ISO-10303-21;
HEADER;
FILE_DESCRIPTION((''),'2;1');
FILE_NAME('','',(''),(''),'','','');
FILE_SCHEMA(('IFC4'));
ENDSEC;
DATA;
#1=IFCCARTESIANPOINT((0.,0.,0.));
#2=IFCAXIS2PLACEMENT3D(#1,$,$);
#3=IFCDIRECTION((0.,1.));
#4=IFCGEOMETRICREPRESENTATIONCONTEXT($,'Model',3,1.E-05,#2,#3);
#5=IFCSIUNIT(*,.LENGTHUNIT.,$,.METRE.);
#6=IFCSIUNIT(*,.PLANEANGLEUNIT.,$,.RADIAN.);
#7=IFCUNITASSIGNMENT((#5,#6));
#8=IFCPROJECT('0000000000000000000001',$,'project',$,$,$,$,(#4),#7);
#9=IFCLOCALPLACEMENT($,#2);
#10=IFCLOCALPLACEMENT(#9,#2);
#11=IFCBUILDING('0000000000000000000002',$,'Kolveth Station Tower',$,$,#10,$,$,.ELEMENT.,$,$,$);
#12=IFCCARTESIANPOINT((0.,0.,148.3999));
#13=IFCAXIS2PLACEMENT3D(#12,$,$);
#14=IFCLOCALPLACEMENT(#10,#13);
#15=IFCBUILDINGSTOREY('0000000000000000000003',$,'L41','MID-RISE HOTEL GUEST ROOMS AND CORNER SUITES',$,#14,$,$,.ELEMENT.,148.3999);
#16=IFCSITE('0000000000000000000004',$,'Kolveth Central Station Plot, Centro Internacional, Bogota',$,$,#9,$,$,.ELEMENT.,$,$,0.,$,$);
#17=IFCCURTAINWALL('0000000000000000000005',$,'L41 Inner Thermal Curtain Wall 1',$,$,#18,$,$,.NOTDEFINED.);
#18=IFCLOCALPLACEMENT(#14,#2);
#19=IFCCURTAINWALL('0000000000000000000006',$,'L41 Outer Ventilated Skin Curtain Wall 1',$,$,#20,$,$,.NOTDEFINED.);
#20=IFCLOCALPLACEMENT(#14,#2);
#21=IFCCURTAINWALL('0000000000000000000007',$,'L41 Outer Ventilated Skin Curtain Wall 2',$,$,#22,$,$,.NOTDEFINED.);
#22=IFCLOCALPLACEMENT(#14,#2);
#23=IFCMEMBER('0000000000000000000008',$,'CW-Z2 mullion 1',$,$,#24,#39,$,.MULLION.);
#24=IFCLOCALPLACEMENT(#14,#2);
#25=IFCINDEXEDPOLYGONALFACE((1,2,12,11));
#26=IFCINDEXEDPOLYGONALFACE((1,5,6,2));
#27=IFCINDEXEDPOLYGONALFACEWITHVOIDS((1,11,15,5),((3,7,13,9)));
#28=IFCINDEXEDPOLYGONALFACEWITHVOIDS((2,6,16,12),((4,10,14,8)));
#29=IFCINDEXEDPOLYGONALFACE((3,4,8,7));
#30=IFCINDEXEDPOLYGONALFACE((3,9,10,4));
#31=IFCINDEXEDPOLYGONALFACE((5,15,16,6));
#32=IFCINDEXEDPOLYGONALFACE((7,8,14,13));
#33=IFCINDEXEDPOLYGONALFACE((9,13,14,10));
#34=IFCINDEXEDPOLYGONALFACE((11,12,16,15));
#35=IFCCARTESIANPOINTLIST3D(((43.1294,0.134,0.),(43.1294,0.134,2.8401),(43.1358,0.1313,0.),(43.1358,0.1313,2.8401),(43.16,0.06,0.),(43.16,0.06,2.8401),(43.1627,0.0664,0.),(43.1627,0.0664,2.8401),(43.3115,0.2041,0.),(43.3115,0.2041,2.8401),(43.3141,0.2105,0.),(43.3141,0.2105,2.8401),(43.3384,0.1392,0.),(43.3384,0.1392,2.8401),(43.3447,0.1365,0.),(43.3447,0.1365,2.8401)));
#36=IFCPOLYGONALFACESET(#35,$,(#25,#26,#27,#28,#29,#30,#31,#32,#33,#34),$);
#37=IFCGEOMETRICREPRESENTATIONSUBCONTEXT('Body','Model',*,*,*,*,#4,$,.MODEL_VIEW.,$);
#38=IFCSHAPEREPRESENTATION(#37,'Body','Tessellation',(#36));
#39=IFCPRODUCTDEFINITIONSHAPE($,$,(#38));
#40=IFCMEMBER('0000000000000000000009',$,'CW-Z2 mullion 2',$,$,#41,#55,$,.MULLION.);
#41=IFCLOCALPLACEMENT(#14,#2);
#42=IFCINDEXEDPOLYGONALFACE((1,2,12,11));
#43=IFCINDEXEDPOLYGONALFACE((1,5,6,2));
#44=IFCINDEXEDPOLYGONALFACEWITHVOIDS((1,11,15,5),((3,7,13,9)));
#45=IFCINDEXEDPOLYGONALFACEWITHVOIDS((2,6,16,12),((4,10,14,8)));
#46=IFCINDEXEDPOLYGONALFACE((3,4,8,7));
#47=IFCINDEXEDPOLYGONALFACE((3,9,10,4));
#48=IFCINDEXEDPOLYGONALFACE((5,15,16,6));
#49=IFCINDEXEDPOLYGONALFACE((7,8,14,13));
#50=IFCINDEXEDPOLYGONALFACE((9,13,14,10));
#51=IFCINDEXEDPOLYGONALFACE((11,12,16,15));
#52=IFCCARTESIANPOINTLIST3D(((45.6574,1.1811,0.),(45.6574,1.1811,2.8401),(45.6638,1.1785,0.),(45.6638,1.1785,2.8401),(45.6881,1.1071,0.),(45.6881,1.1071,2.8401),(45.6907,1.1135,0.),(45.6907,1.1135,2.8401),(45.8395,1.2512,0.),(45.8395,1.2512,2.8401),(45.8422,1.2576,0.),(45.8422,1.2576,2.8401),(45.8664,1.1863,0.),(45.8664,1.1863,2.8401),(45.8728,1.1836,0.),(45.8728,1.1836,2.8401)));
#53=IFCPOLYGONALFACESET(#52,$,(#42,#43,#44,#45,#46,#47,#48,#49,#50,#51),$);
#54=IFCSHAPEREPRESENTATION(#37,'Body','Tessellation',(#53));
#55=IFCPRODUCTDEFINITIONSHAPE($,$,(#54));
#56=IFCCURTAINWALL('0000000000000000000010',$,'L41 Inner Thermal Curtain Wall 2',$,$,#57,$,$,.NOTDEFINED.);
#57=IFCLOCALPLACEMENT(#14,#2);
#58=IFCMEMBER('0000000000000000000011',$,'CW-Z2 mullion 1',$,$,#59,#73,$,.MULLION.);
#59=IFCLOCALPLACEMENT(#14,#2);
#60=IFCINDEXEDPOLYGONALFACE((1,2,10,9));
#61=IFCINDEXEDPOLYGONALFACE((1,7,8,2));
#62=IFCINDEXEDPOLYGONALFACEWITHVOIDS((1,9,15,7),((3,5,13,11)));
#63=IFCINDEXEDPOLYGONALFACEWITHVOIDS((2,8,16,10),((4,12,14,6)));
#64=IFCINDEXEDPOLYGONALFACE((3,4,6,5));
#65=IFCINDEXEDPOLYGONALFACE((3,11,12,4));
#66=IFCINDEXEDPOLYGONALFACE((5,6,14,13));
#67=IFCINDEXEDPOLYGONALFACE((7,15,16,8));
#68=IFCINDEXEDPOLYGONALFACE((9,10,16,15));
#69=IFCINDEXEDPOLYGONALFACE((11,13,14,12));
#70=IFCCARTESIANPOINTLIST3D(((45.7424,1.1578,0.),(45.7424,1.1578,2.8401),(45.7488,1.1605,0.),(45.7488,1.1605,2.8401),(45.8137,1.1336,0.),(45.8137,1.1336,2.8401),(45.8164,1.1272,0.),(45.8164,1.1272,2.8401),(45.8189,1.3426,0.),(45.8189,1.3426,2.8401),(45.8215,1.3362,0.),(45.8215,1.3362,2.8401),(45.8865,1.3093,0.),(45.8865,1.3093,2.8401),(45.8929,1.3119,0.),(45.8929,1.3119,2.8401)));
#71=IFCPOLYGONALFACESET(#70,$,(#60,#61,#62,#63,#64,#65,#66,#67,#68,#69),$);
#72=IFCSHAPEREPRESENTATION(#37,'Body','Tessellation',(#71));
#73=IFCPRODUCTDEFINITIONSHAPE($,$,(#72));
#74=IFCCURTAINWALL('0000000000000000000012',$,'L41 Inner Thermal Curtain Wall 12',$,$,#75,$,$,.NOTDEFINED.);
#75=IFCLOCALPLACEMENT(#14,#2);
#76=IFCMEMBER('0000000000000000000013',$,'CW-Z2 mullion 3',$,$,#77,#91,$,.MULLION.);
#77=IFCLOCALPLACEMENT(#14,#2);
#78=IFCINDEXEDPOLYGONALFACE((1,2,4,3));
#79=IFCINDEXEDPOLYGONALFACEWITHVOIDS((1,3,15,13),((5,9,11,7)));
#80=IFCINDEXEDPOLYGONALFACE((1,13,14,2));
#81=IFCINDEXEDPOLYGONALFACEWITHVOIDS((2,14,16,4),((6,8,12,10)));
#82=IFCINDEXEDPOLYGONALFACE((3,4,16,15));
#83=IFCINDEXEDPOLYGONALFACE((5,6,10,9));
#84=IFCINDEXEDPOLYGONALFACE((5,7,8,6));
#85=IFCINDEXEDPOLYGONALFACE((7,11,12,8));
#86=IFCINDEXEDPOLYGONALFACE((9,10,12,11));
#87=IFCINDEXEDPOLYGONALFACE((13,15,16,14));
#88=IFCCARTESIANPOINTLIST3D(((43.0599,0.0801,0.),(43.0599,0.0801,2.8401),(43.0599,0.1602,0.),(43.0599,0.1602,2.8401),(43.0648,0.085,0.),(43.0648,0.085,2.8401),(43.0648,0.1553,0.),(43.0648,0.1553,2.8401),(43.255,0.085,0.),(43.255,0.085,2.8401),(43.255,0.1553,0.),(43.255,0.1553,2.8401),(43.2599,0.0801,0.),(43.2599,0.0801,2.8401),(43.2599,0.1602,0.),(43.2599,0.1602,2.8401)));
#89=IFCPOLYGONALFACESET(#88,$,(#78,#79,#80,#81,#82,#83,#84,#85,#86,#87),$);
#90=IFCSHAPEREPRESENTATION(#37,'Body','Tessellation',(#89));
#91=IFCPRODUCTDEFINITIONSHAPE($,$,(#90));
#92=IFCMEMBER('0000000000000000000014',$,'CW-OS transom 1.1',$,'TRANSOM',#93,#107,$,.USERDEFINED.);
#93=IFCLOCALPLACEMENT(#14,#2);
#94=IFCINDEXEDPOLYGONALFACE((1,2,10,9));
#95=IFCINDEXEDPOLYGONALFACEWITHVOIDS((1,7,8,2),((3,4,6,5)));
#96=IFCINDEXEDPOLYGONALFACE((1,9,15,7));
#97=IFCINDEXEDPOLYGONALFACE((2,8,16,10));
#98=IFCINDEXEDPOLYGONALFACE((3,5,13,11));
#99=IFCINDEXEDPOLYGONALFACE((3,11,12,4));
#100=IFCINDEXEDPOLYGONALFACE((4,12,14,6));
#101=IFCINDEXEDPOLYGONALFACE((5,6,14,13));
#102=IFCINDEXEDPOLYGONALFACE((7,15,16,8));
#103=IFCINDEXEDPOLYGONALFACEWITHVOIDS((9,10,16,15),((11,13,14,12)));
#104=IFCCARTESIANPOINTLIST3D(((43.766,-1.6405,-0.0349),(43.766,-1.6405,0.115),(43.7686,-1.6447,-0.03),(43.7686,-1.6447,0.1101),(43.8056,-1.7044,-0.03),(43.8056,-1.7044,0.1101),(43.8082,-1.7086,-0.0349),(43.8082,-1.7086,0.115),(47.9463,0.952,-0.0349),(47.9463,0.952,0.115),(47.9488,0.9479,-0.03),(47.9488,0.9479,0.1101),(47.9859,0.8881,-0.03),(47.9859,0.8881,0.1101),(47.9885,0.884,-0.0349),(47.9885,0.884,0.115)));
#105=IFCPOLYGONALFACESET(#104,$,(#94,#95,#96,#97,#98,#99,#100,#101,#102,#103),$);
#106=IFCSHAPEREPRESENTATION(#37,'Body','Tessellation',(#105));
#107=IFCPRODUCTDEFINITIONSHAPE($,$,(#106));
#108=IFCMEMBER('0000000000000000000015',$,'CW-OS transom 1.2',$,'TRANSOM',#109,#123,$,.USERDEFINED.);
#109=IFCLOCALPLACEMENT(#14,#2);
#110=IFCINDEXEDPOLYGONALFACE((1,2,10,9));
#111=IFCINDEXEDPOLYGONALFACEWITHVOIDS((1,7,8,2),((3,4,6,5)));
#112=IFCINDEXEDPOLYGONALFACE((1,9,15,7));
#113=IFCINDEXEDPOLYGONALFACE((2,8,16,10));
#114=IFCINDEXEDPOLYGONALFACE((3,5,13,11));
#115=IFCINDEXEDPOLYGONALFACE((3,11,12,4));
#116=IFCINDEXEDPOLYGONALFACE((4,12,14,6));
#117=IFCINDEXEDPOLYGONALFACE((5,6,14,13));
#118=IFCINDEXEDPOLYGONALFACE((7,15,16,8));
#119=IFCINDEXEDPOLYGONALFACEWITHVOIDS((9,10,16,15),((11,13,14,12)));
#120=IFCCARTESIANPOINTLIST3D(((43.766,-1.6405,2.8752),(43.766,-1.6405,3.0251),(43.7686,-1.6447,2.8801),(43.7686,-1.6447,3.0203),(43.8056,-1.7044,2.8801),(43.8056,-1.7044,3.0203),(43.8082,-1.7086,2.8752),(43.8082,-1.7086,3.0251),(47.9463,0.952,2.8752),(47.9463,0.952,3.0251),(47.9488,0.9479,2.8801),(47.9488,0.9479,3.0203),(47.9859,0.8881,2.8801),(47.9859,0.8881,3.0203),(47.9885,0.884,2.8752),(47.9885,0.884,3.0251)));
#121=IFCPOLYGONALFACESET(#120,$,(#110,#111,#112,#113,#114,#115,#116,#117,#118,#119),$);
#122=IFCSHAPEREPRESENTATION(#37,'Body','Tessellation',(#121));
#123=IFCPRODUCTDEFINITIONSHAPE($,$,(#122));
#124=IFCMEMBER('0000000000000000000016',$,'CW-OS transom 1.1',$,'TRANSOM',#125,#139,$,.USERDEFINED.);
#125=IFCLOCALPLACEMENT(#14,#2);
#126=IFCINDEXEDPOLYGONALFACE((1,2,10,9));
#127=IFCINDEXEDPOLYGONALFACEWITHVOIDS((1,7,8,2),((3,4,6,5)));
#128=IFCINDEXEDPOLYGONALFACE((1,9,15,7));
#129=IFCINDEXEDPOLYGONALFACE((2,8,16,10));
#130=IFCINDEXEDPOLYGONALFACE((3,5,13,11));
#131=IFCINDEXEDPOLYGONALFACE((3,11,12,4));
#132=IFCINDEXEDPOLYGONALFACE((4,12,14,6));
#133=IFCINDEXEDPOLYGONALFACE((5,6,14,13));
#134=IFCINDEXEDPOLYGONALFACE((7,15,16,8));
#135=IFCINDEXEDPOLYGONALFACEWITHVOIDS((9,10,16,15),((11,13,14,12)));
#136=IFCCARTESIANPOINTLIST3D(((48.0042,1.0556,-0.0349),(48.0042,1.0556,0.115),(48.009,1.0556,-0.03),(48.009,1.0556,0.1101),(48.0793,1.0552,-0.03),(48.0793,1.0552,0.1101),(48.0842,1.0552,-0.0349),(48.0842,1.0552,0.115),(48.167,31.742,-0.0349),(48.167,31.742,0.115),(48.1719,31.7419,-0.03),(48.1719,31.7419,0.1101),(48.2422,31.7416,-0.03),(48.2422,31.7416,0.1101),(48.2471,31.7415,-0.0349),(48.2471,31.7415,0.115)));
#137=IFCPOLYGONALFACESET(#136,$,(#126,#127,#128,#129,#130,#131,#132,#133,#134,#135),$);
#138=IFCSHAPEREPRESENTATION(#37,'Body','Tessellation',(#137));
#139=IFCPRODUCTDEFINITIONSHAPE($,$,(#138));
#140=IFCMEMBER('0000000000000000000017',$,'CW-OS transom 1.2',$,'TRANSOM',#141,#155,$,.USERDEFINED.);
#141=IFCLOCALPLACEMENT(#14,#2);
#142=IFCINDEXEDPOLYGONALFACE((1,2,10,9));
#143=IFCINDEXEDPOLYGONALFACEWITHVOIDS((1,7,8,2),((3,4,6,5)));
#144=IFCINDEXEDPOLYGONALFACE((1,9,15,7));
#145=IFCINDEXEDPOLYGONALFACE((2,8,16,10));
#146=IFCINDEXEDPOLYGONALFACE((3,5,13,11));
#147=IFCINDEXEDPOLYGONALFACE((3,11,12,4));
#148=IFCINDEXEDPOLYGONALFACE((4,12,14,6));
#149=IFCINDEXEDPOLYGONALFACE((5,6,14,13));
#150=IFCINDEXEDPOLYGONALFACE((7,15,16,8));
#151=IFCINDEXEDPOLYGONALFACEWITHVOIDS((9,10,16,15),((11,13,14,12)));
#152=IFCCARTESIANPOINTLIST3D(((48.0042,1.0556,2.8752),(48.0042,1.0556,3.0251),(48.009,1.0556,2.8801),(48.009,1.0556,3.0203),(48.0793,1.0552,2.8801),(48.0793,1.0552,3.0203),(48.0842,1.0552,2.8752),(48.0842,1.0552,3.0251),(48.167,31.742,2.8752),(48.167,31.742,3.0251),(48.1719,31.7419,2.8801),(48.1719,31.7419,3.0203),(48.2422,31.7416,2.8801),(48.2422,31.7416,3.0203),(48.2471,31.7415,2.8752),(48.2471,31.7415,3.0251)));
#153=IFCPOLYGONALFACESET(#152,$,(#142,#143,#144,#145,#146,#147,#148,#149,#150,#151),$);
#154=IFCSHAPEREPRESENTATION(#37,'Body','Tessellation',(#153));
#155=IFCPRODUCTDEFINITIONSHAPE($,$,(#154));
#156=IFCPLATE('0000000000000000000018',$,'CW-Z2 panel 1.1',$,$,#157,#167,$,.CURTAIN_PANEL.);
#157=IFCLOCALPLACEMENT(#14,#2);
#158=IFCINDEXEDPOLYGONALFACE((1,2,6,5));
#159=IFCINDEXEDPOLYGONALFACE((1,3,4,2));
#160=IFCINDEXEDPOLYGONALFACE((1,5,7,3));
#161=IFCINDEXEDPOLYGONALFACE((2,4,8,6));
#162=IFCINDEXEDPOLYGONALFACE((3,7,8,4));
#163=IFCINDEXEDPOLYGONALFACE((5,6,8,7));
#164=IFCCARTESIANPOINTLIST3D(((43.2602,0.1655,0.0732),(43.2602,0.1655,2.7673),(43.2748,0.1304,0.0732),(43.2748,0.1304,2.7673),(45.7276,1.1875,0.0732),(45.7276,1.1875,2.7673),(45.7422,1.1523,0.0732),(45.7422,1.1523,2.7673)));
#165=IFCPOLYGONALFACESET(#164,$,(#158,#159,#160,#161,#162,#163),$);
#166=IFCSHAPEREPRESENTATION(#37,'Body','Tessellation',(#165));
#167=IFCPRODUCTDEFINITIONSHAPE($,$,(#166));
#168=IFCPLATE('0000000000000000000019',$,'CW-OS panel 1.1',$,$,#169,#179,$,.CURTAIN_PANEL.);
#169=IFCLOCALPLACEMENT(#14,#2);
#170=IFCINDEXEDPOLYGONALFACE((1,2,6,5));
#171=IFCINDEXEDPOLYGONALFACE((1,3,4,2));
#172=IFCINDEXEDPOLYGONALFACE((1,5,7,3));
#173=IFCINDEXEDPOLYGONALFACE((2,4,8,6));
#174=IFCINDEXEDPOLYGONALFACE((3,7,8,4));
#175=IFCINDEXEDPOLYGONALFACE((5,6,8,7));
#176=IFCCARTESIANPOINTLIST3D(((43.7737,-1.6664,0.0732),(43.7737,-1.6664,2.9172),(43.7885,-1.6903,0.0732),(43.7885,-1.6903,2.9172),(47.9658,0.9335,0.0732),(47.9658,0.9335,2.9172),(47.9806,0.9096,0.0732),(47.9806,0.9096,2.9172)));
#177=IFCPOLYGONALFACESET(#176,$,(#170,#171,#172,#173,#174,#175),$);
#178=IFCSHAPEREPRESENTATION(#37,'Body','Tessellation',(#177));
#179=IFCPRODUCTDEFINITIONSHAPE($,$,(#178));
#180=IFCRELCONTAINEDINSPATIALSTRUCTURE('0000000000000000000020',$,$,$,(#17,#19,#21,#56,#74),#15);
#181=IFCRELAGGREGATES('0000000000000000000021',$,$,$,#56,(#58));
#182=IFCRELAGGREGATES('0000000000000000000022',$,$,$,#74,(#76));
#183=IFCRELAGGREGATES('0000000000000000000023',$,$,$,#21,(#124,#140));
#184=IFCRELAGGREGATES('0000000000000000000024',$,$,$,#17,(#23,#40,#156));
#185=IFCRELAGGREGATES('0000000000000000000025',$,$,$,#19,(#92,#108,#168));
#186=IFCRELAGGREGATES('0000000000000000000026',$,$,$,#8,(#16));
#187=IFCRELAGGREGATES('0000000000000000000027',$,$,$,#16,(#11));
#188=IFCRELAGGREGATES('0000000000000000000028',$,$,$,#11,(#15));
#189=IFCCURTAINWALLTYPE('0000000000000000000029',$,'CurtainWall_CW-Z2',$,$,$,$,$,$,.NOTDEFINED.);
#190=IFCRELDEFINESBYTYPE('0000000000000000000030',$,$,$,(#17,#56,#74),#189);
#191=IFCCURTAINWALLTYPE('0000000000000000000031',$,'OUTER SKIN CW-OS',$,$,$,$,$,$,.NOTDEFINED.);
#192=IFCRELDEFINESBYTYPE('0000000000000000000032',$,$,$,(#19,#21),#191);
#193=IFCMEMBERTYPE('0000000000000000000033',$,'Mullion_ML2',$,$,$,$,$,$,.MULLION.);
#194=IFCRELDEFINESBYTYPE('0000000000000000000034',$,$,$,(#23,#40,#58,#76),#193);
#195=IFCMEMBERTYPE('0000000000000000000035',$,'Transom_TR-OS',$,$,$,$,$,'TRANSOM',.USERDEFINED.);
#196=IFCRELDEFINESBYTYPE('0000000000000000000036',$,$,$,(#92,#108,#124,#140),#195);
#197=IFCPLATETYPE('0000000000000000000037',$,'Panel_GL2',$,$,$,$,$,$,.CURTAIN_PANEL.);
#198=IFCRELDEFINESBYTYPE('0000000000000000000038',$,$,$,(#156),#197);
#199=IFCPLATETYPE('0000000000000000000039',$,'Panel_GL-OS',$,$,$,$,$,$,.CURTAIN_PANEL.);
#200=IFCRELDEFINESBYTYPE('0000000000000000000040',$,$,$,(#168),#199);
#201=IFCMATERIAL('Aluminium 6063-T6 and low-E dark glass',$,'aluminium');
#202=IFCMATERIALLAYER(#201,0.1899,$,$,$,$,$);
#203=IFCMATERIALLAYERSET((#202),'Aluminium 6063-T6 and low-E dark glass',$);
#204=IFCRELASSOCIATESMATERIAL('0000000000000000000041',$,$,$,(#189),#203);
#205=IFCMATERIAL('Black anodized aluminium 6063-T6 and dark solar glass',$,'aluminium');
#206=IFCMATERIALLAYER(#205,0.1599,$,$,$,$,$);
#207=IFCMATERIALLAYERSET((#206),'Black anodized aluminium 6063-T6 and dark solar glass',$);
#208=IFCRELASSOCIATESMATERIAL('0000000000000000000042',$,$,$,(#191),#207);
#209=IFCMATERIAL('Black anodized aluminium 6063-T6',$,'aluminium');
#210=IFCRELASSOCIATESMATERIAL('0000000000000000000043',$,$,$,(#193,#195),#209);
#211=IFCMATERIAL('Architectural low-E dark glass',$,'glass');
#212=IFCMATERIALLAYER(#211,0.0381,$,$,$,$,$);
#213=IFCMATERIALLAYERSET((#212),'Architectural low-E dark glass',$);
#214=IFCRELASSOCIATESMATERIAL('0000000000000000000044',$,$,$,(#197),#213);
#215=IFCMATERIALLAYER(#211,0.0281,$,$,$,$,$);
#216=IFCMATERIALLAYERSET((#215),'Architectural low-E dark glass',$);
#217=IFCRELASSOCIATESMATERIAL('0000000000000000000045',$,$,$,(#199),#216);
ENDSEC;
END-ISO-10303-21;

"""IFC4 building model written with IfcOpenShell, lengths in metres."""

from ifc_helpers import new_model, si_unit, direction, frame, origin, origin_2d, place, context, subcontext, project, spatial, rectangle, hollow_rectangle, extrude, source, transform, mapped, material, layer, layer_set, material_profile, profile_set, type_object, element, aggregate, save


model = new_model("IFC4")

# Units and contexts
model_context = context("Model", 3, precision=1e-05, world=origin(), true_north=direction((0.0, 1.0)))
body_context = subcontext(model_context, "Body", "Model", "MODEL_VIEW")
ifc_project = project(units=[si_unit("LENGTHUNIT", "METRE"), si_unit("PLANEANGLEUNIT", "RADIAN")], contexts=[model_context])

# Site, building, storey
site_placement = place(None, origin())
site = spatial("IfcSite", under=ifc_project, at=site_placement, Name="Kolveth Central Station Plot, Centro Internacional, Bogota", CompositionType="ELEMENT", RefElevation=0.0)
building_placement = place(site_placement, origin())
building = spatial("IfcBuilding", under=site, at=building_placement, Name="Kolveth Station Tower", CompositionType="ELEMENT")
storey_placement = place(building_placement, frame((0.0, 0.0, 148.3999)))
storey = spatial("IfcBuildingStorey", under=building, at=storey_placement, Name="L41", Description="MID-RISE HOTEL GUEST ROOMS AND CORNER SUITES", CompositionType="ELEMENT", Elevation=148.3999)

# Curtain walls
ifc_material_1 = material(Name="Aluminium 6063-T6 and low-E dark glass", Category="aluminium")
ifc_layer_1 = layer(ifc_material_1, 0.1899)
ifc_layer_set_1 = layer_set([ifc_layer_1], Name="Aluminium 6063-T6 and low-E dark glass")
curtain_wall_type_1 = type_object("IfcCurtainWallType", Name="CurtainWall_CW-Z2", PredefinedType="NOTDEFINED", material=ifc_layer_set_1)
curtain_wall_1_placement = place(storey_placement, origin())
curtain_wall_1 = element("IfcCurtainWall", 1, at=curtain_wall_1_placement, inside=storey, type_object=curtain_wall_type_1, Name="L41 Inner Thermal Curtain Wall 1", PredefinedType="NOTDEFINED")
ifc_material_2 = material(Name="Black anodized aluminium 6063-T6", Category="aluminium")
ifc_material_3 = material(Name="Black anodized aluminium 6063-T6 and dark solar glass", Category="aluminium")
ifc_layer_2 = layer(ifc_material_3, 0.1599)
ifc_layer_set_2 = layer_set([ifc_layer_2], Name="Black anodized aluminium 6063-T6 and dark solar glass")
curtain_wall_type_2 = type_object("IfcCurtainWallType", Name="OUTER SKIN CW-OS", PredefinedType="NOTDEFINED", material=ifc_layer_set_2)
curtain_wall_2_placement = place(storey_placement, origin())
curtain_wall_2 = element("IfcCurtainWall", 2, at=curtain_wall_2_placement, inside=storey, type_object=curtain_wall_type_2, Name="L41 Outer Ventilated Skin Curtain Wall 1", PredefinedType="NOTDEFINED")

# Curtain wall
curtain_wall_3_placement = place(storey_placement, origin())
curtain_wall_3 = element("IfcCurtainWall", 3, at=curtain_wall_3_placement, inside=storey, type_object=curtain_wall_type_2, Name="L41 Outer Ventilated Skin Curtain Wall 2", PredefinedType="NOTDEFINED")

# Members
ifc_material_profile_1 = material_profile(ifc_material_2, hollow_rectangle(XDim=0.0801, YDim=0.2, WallThickness=0.0049, at=origin_2d()), Name="ALU-80x200x5")
ifc_profile_set_1 = profile_set([ifc_material_profile_1], Name="Black anodized aluminium 6063-T6")
member_type_1 = type_object("IfcMemberType", Name="Mullion_ML2", PredefinedType="MULLION", material=ifc_profile_set_1)
shared_shape_1 = source(origin(), body_context, "Body", "SweptSolid", [
    extrude(hollow_rectangle(XDim=0.0801, YDim=0.2, WallThickness=0.0049, at=origin_2d()), origin(), (0.0, 0.0, 1.0), 2.8401),
])
member_1_placement = place(storey_placement, frame((43.2371, 0.1353, 0.0), z_axis=(0.0, 0.0, 1.0), x_axis=(-0.382663, 0.923888, 0.0)))
member_1 = element("IfcMember", 4, at=member_1_placement, type_object=member_type_1, Name="CW-Z2 mullion 1", PredefinedType="MULLION", context=body_context, shape_type="MappedRepresentation", body=[
    mapped(shared_shape_1, transform((0.0, 0.0, 0.0), x_axis=(1.0, 0.0, 0.0), y_axis=(0.0, 1.0, 0.0), z_axis=(0.0, 0.0, 1.0), scale=1.0)),
])
member_2_placement = place(storey_placement, frame((45.7651, 1.1824, 0.0), z_axis=(0.0, 0.0, 1.0), x_axis=(-0.382663, 0.923888, 0.0)))
member_2 = element("IfcMember", 5, at=member_2_placement, type_object=member_type_1, Name="CW-Z2 mullion 2", PredefinedType="MULLION", context=body_context, shape_type="MappedRepresentation", body=[
    mapped(shared_shape_1, transform((0.0, 0.0, 0.0), x_axis=(1.0, 0.0, 0.0), y_axis=(0.0, 1.0, 0.0), z_axis=(0.0, 0.0, 1.0), scale=1.0)),
])

# Curtain walls, members
curtain_wall_4_placement = place(storey_placement, origin())
curtain_wall_4 = element("IfcCurtainWall", 6, at=curtain_wall_4_placement, inside=storey, type_object=curtain_wall_type_1, Name="L41 Inner Thermal Curtain Wall 2", PredefinedType="NOTDEFINED")
member_3_placement = place(storey_placement, frame((45.8176, 1.2349, 0.0), z_axis=(0.0, 0.0, 1.0), x_axis=(-0.923888, 0.382663, 0.0)))
member_3 = element("IfcMember", 7, at=member_3_placement, type_object=member_type_1, Name="CW-Z2 mullion 1", PredefinedType="MULLION", context=body_context, shape_type="MappedRepresentation", body=[
    mapped(shared_shape_1, transform((0.0, 0.0, 0.0), x_axis=(1.0, 0.0, 0.0), y_axis=(0.0, 1.0, 0.0), z_axis=(0.0, 0.0, 1.0), scale=1.0)),
])
aggregate(curtain_wall_4, [member_3])
curtain_wall_5_placement = place(storey_placement, origin())
curtain_wall_5 = element("IfcCurtainWall", 8, at=curtain_wall_5_placement, inside=storey, type_object=curtain_wall_type_1, Name="L41 Inner Thermal Curtain Wall 12", PredefinedType="NOTDEFINED")
member_4_placement = place(storey_placement, frame((43.1599, 0.1201, 0.0), z_axis=(0.0, 0.0, 1.0), x_axis=(0.0, 1.0, 0.0)))
member_4 = element("IfcMember", 9, at=member_4_placement, type_object=member_type_1, Name="CW-Z2 mullion 3", PredefinedType="MULLION", context=body_context, shape_type="MappedRepresentation", body=[
    mapped(shared_shape_1, transform((0.0, 0.0, 0.0), x_axis=(1.0, 0.0, 0.0), y_axis=(0.0, 1.0, 0.0), z_axis=(0.0, 0.0, 1.0), scale=1.0)),
])
aggregate(curtain_wall_5, [member_4])

# Members
ifc_material_profile_2 = material_profile(ifc_material_2, hollow_rectangle(XDim=0.0801, YDim=0.1499, WallThickness=0.0049, at=origin_2d()), Name="ALU-80x150x5")
ifc_profile_set_2 = profile_set([ifc_material_profile_2], Name="Black anodized aluminium 6063-T6")
member_type_2 = type_object("IfcMemberType", Name="Transom_TR-OS", ElementType="TRANSOM", PredefinedType="USERDEFINED", material=ifc_profile_set_2)
shared_shape_2 = source(origin(), body_context, "Body", "SweptSolid", [
    extrude(hollow_rectangle(XDim=0.0801, YDim=0.1499, WallThickness=0.0049, at=origin_2d()), origin(), (0.0, 0.0, 1.0), 4.9189),
])
member_5_placement = place(storey_placement, frame((43.7871, -1.6746, 0.04), z_axis=(0.849828, 0.52706, 0.0), x_axis=(-0.52706, 0.849828, 0.0)))
member_5 = element("IfcMember", 10, at=member_5_placement, type_object=member_type_2, Name="CW-OS transom 1.1", ObjectType="TRANSOM", PredefinedType="USERDEFINED", context=body_context, shape_type="MappedRepresentation", body=[
    mapped(shared_shape_2, transform((0.0, 0.0, 0.0), x_axis=(1.0, 0.0, 0.0), y_axis=(0.0, 1.0, 0.0), z_axis=(0.0, 0.0, 1.0), scale=1.0)),
])
member_6_placement = place(storey_placement, frame((43.7871, -1.6746, 2.9502), z_axis=(0.849828, 0.52706, 0.0), x_axis=(-0.52706, 0.849828, 0.0)))
member_6 = element("IfcMember", 11, at=member_6_placement, type_object=member_type_2, Name="CW-OS transom 1.2", ObjectType="TRANSOM", PredefinedType="USERDEFINED", context=body_context, shape_type="MappedRepresentation", body=[
    mapped(shared_shape_2, transform((0.0, 0.0, 0.0), x_axis=(1.0, 0.0, 0.0), y_axis=(0.0, 1.0, 0.0), z_axis=(0.0, 0.0, 1.0), scale=1.0)),
])
shared_shape_3 = source(origin(), body_context, "Body", "SweptSolid", [
    extrude(hollow_rectangle(XDim=0.0801, YDim=0.1499, WallThickness=0.0049, at=origin_2d()), origin(), (0.0, 0.0, 1.0), 30.6868),
])
member_7_placement = place(storey_placement, frame((48.0442, 1.0554, 0.04), z_axis=(0.005307, 0.999986, 0.0), x_axis=(-0.999986, 0.005307, 0.0)))
member_7 = element("IfcMember", 12, at=member_7_placement, type_object=member_type_2, Name="CW-OS transom 1.1", ObjectType="TRANSOM", PredefinedType="USERDEFINED", context=body_context, shape_type="MappedRepresentation", body=[
    mapped(shared_shape_3, transform((0.0, 0.0, 0.0), x_axis=(1.0, 0.0, 0.0), y_axis=(0.0, 1.0, 0.0), z_axis=(0.0, 0.0, 1.0), scale=1.0)),
])
member_8_placement = place(storey_placement, frame((48.0442, 1.0554, 2.9502), z_axis=(0.005307, 0.999986, 0.0), x_axis=(-0.999986, 0.005307, 0.0)))
member_8 = element("IfcMember", 13, at=member_8_placement, type_object=member_type_2, Name="CW-OS transom 1.2", ObjectType="TRANSOM", PredefinedType="USERDEFINED", context=body_context, shape_type="MappedRepresentation", body=[
    mapped(shared_shape_3, transform((0.0, 0.0, 0.0), x_axis=(1.0, 0.0, 0.0), y_axis=(0.0, 1.0, 0.0), z_axis=(0.0, 0.0, 1.0), scale=1.0)),
])
aggregate(curtain_wall_3, [member_7, member_8])

# Plates
ifc_material_4 = material(Name="Architectural low-E dark glass", Category="glass")
ifc_layer_3 = layer(ifc_material_4, 0.0381)
ifc_layer_set_3 = layer_set([ifc_layer_3], Name="Architectural low-E dark glass")
plate_type_1 = type_object("IfcPlateType", Name="Panel_GL2", PredefinedType="CURTAIN_PANEL", material=ifc_layer_set_3)
shared_shape_4 = source(origin(), body_context, "Body", "SweptSolid", [
    extrude(rectangle(XDim=2.6707, YDim=0.0381, at=origin_2d()), origin(), (0.0, 0.0, 1.0), 2.6941),
])
plate_1_placement = place(storey_placement, frame((44.5012, 0.6589, 0.0732), z_axis=(0.0, 0.0, 1.0), x_axis=(0.923888, 0.382663, 0.0)))
plate_1 = element("IfcPlate", 14, at=plate_1_placement, type_object=plate_type_1, Name="CW-Z2 panel 1.1", PredefinedType="CURTAIN_PANEL", context=body_context, shape_type="MappedRepresentation", body=[
    mapped(shared_shape_4, transform((0.0, 0.0, 0.0), x_axis=(1.0, 0.0, 0.0), y_axis=(0.0, 1.0, 0.0), z_axis=(0.0, 0.0, 1.0), scale=1.0)),
])
aggregate(curtain_wall_1, [member_1, member_2, plate_1])
ifc_layer_4 = layer(ifc_material_4, 0.0281)
ifc_layer_set_4 = layer_set([ifc_layer_4], Name="Architectural low-E dark glass")
plate_type_2 = type_object("IfcPlateType", Name="Panel_GL-OS", PredefinedType="CURTAIN_PANEL", material=ifc_layer_set_4)
shared_shape_5 = source(origin(), body_context, "Body", "SweptSolid", [
    extrude(rectangle(XDim=4.9329, YDim=0.0281, at=origin_2d()), origin(), (0.0, 0.0, 1.0), 2.844),
])
plate_2_placement = place(storey_placement, frame((45.8772, -0.3784, 0.0732), z_axis=(0.0, 0.0, 1.0), x_axis=(0.849831, 0.527055, 0.0)))
plate_2 = element("IfcPlate", 15, at=plate_2_placement, type_object=plate_type_2, Name="CW-OS panel 1.1", PredefinedType="CURTAIN_PANEL", context=body_context, shape_type="MappedRepresentation", body=[
    mapped(shared_shape_5, transform((0.0, 0.0, 0.0), x_axis=(1.0, 0.0, 0.0), y_axis=(0.0, 1.0, 0.0), z_axis=(0.0, 0.0, 1.0), scale=1.0)),
])
aggregate(curtain_wall_2, [member_5, member_6, plate_2])

save(model, "model.ifc")
